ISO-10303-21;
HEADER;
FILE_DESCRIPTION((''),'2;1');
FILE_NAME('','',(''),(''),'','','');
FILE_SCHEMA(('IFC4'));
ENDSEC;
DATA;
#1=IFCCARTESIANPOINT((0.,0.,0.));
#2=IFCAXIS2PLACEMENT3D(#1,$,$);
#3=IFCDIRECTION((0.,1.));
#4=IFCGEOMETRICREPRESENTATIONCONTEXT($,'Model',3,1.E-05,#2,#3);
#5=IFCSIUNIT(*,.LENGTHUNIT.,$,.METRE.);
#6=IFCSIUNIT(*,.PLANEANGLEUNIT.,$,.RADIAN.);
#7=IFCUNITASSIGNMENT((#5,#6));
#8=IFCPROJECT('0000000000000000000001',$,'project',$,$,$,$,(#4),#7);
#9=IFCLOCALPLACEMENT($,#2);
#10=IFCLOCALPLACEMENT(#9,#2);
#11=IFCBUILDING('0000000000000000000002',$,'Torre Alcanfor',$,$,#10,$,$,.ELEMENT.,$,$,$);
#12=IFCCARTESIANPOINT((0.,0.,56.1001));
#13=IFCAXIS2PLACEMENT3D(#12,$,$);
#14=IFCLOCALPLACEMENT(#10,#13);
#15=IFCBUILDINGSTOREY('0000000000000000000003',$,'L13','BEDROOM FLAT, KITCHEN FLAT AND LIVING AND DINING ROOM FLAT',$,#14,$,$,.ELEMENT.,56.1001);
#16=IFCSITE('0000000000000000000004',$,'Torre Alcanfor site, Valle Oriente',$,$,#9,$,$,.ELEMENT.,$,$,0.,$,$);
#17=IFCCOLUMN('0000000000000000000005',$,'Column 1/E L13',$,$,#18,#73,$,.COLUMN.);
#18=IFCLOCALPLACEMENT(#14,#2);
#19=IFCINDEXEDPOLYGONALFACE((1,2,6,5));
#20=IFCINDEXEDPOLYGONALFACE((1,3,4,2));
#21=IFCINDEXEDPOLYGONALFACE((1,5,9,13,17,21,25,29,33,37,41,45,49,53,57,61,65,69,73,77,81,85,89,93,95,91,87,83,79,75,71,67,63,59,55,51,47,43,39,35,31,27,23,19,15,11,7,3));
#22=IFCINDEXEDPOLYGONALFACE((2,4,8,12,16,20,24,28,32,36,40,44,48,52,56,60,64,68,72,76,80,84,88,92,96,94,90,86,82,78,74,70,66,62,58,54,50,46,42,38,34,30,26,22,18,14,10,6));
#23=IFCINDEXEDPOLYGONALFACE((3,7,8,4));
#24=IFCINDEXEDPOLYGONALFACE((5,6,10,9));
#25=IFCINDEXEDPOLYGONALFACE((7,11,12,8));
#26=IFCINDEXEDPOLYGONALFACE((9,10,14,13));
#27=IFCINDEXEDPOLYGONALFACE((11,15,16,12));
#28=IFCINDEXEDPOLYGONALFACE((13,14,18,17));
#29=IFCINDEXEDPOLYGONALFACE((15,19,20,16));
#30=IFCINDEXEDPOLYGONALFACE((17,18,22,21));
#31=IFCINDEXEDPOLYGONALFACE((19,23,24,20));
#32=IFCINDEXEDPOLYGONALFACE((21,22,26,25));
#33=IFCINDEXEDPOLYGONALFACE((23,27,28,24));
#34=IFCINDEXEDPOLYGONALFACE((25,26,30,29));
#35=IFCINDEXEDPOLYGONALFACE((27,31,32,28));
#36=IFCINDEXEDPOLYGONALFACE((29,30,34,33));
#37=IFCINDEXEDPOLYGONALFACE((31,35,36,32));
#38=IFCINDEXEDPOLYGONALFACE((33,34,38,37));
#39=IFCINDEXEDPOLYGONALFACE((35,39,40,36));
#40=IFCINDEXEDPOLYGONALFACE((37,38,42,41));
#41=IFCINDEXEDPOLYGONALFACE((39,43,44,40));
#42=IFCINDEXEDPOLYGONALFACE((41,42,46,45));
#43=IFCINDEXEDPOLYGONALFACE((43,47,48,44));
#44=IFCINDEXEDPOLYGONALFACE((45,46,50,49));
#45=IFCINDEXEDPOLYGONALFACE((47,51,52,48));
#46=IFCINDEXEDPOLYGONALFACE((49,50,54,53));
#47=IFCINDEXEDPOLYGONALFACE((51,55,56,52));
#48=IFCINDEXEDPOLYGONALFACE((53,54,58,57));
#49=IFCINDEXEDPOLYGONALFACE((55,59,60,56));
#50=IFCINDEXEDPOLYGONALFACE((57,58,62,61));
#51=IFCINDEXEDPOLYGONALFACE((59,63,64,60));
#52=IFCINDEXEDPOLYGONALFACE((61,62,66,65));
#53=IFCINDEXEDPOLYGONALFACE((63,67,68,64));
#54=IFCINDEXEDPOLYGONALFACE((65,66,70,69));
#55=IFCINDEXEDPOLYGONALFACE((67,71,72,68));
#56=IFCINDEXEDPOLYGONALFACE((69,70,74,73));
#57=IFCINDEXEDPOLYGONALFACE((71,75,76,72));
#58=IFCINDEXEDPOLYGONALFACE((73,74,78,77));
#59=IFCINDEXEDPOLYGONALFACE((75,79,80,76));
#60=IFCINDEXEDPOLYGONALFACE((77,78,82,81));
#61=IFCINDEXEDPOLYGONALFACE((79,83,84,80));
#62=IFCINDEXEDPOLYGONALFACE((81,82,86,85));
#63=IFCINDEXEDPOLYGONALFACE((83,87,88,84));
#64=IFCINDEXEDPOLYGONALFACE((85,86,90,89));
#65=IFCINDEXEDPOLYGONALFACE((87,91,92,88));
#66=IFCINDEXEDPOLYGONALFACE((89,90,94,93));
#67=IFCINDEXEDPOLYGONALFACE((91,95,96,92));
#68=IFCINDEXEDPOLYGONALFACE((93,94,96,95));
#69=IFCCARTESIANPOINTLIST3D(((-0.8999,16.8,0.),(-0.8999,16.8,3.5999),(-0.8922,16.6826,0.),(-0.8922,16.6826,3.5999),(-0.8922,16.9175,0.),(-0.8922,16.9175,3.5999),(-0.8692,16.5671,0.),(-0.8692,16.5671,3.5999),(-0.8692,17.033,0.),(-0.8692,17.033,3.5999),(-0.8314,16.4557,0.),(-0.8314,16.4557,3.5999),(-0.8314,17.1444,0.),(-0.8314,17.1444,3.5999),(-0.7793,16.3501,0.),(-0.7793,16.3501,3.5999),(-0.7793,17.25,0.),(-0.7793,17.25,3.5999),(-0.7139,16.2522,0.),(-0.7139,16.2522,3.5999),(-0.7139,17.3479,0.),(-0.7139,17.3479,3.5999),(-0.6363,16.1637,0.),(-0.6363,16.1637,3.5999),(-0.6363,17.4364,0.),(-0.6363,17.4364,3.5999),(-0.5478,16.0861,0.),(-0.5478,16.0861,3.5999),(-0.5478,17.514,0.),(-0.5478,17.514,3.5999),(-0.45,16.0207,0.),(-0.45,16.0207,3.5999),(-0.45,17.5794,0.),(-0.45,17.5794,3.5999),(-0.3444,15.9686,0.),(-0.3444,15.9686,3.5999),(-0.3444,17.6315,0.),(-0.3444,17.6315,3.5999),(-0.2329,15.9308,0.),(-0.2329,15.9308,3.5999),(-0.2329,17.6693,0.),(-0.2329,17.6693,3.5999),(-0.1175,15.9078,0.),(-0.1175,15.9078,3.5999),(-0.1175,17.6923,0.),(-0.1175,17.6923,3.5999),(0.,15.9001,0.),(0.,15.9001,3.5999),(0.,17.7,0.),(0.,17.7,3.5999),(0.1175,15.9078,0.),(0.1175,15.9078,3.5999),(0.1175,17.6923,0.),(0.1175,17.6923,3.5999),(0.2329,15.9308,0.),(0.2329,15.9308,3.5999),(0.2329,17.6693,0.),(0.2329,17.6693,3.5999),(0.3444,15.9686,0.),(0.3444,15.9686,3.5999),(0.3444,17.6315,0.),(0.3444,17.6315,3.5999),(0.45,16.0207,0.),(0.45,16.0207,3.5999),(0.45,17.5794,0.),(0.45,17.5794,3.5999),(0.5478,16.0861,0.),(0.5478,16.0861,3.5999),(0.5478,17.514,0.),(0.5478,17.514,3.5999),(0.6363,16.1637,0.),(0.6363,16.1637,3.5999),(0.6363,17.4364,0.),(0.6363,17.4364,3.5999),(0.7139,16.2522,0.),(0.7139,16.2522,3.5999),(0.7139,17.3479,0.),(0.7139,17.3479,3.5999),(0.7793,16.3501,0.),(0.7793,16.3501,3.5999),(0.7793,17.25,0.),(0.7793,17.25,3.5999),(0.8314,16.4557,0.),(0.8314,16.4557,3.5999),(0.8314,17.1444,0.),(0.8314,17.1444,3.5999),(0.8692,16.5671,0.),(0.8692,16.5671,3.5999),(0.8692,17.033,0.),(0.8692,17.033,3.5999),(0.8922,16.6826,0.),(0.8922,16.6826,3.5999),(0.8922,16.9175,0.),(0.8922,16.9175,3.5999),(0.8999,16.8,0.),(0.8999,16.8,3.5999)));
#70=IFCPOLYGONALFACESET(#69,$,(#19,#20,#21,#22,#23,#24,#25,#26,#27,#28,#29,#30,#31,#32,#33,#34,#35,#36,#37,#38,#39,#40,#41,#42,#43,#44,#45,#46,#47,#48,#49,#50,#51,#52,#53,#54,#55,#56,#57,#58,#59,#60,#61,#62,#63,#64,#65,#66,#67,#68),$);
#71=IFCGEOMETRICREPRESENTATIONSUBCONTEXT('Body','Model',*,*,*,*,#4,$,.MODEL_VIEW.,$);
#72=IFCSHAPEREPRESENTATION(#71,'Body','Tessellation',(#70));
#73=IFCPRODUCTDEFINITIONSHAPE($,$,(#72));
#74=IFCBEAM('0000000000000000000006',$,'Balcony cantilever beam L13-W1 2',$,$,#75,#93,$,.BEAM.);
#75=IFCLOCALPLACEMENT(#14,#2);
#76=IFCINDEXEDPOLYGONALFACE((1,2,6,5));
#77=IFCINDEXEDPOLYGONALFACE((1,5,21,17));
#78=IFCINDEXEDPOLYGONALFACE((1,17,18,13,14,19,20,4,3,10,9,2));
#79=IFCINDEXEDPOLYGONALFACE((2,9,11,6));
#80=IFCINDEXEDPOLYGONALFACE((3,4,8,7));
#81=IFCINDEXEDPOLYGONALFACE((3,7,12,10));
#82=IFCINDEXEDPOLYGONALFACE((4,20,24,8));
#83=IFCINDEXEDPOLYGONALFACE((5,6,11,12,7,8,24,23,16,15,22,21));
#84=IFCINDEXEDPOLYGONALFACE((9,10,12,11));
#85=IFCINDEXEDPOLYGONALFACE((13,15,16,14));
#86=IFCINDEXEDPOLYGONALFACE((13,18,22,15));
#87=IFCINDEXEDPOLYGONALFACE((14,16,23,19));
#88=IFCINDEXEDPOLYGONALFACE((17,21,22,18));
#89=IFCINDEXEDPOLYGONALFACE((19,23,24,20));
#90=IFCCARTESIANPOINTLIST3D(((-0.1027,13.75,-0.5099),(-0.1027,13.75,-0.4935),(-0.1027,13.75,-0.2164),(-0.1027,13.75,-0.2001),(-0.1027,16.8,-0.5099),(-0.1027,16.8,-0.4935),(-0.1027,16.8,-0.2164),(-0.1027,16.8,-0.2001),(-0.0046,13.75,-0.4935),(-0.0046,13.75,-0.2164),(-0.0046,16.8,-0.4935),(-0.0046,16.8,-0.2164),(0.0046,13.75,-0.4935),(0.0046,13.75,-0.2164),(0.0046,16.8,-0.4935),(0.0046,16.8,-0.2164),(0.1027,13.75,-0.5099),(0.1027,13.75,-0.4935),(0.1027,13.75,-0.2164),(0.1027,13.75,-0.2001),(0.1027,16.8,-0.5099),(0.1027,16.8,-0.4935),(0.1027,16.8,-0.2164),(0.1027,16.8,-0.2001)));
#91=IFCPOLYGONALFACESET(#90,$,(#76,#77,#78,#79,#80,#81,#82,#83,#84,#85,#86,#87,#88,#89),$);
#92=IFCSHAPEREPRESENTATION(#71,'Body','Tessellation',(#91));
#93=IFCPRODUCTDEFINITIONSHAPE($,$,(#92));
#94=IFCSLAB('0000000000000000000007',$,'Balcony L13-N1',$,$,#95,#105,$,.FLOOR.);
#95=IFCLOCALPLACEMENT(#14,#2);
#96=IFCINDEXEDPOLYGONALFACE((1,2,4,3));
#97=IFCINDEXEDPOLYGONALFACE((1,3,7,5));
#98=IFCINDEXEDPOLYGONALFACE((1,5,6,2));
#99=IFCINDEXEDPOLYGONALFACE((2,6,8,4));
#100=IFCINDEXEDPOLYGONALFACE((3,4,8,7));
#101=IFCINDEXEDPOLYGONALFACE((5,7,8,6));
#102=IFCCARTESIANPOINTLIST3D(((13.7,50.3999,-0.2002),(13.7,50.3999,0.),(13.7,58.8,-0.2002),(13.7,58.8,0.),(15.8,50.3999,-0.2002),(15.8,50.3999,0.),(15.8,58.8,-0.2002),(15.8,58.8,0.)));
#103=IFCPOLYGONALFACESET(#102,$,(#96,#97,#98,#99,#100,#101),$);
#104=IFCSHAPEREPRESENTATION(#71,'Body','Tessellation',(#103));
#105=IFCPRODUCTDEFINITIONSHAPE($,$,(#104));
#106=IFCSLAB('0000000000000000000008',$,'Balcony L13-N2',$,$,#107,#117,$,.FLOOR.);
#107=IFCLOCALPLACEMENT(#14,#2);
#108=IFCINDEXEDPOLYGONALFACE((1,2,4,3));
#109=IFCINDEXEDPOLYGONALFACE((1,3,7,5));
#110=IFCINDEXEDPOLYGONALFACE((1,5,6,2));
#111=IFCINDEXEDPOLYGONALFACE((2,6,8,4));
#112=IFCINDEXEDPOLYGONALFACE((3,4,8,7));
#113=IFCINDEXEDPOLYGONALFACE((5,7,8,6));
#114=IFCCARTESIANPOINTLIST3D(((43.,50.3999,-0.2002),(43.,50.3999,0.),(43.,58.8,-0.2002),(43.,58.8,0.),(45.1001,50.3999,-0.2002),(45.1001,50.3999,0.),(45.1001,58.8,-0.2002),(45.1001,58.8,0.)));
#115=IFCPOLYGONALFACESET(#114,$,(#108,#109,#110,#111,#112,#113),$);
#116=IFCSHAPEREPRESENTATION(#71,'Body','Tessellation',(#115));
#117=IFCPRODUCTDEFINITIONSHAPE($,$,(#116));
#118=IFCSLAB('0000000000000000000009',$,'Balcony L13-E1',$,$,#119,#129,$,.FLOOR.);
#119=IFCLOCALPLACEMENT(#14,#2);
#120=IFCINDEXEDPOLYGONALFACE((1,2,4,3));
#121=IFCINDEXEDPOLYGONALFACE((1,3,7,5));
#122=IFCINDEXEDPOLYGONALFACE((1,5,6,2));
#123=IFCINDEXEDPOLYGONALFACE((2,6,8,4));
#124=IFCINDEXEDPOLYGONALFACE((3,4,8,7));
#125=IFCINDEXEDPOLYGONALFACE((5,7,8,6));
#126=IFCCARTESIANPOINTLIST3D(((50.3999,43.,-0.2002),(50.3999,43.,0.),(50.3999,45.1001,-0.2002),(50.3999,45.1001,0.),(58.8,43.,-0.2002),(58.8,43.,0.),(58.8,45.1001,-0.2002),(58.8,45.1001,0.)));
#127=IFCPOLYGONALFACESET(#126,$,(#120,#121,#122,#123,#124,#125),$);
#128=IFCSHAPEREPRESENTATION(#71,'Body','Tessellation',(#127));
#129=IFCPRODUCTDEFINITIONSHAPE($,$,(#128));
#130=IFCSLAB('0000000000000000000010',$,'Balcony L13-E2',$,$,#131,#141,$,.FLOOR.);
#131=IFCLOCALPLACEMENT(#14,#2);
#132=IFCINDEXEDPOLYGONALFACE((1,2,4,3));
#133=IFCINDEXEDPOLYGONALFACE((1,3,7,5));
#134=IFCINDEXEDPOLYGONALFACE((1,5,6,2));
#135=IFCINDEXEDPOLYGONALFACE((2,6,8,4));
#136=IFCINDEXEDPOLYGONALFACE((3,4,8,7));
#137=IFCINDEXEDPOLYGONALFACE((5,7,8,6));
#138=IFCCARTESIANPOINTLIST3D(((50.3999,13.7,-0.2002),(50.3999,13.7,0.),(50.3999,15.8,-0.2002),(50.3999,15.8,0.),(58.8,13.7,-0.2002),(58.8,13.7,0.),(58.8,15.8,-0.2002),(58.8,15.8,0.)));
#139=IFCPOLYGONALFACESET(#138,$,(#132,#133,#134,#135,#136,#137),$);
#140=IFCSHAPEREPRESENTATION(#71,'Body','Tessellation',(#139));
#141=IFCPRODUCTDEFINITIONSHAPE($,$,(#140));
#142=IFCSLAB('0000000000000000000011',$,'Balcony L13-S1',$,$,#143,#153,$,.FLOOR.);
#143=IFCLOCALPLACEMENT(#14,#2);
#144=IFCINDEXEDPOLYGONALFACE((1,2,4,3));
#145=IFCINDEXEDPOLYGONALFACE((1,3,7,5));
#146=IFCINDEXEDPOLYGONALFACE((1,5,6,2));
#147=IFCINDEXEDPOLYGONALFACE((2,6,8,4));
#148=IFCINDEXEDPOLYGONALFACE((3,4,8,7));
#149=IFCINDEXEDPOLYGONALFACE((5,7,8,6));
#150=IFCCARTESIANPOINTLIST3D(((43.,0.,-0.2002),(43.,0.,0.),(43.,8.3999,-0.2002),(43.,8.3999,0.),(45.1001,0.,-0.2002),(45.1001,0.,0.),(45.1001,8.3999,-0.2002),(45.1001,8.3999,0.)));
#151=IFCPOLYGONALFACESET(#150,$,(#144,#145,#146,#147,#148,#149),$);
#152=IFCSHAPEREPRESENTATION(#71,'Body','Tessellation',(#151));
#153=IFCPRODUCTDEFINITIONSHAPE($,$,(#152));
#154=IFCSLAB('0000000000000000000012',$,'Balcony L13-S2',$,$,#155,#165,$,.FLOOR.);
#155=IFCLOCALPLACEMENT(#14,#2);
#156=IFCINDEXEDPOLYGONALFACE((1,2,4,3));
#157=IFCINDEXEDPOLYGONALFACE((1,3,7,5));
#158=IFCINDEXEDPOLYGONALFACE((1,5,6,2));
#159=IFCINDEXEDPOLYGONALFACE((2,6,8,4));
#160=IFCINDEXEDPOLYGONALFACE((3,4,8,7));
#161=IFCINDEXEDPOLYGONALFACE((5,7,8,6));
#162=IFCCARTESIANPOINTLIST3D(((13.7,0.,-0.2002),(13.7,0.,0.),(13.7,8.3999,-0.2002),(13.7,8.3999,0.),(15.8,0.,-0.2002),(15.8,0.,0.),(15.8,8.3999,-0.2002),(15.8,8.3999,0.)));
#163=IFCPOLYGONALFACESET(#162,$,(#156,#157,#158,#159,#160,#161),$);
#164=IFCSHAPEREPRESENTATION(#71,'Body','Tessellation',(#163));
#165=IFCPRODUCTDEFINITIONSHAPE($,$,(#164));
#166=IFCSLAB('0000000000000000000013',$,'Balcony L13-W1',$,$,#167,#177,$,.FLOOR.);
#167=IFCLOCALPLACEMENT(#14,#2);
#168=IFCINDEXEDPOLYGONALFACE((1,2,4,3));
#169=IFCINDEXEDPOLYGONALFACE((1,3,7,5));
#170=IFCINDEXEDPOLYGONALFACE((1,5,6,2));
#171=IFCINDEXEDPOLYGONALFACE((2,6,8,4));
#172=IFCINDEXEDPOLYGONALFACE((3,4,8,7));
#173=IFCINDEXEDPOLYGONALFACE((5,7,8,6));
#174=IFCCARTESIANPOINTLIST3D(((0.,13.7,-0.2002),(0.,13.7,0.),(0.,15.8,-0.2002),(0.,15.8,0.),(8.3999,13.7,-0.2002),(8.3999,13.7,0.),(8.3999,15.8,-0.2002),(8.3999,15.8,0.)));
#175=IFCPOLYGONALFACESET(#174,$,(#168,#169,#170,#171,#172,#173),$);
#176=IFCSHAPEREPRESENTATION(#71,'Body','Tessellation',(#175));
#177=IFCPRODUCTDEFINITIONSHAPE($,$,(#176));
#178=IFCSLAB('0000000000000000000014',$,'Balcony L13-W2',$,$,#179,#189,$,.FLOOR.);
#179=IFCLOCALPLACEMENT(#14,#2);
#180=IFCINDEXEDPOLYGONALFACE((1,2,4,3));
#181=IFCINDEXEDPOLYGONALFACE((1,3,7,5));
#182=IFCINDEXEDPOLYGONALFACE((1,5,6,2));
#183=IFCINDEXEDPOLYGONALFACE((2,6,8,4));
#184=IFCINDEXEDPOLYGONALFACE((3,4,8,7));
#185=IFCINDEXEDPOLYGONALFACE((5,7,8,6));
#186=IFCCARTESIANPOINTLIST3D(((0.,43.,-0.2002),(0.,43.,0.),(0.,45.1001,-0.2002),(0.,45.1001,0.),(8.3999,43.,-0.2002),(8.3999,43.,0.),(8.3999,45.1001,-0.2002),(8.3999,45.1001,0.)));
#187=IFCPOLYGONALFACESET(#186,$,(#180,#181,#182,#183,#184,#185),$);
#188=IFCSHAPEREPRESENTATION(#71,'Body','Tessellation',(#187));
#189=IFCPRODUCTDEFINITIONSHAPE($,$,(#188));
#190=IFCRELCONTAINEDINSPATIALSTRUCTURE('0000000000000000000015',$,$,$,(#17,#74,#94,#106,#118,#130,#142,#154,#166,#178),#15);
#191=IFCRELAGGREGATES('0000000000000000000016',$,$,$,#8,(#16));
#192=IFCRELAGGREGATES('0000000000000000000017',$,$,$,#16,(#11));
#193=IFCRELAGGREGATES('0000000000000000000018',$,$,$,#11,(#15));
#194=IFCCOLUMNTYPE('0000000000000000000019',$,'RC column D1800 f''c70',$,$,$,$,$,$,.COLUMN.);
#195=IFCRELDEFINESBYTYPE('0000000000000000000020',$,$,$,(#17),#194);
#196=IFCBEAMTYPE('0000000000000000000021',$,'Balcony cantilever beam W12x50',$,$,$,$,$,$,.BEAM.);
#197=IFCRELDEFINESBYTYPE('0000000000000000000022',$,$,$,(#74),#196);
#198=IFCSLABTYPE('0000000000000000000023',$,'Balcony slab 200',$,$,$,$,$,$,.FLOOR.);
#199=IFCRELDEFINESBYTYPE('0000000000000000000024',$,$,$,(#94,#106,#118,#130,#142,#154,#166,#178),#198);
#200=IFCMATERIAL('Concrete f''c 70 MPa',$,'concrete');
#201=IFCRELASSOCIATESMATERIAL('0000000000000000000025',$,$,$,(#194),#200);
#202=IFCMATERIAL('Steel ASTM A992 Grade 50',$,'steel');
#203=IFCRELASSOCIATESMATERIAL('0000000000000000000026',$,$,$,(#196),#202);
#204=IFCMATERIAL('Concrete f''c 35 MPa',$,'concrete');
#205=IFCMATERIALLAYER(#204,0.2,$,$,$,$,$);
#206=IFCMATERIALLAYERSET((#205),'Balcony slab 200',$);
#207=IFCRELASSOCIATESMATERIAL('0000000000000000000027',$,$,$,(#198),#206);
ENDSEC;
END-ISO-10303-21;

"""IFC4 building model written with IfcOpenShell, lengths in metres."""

from ifc_helpers import new_model, si_unit, direction, frame, origin, origin_2d, place, context, subcontext, project, spatial, polyline, circle, i_section, outline, extrude, material, layer, layer_set, material_profile, profile_set, type_object, element, save


model = new_model("IFC4")

# Units and contexts
model_context = context("Model", 3, precision=1e-05, world=origin(), true_north=direction((0.0, 1.0)))
body_context = subcontext(model_context, "Body", "Model", "MODEL_VIEW")
ifc_project = project(units=[si_unit("LENGTHUNIT", "METRE"), si_unit("PLANEANGLEUNIT", "RADIAN")], contexts=[model_context])

# Site, building, storey
site_placement = place(None, origin())
site = spatial("IfcSite", under=ifc_project, at=site_placement, Name="Torre Alcanfor site, Valle Oriente", CompositionType="ELEMENT", RefElevation=0.0)
building_placement = place(site_placement, origin())
building = spatial("IfcBuilding", under=site, at=building_placement, Name="Torre Alcanfor", CompositionType="ELEMENT")
storey_placement = place(building_placement, frame((0.0, 0.0, 56.1001)))
storey = spatial("IfcBuildingStorey", under=building, at=storey_placement, Name="L13", Description="BEDROOM FLAT, KITCHEN FLAT AND LIVING AND DINING ROOM FLAT", CompositionType="ELEMENT", Elevation=56.1001)

# Column
ifc_material_1 = material(Name="Concrete f'c 70 MPa", Category="concrete")
ifc_material_profile_1 = material_profile(ifc_material_1, circle(Radius=0.8999, at=origin_2d()), Name="D1800")
ifc_profile_set_1 = profile_set([ifc_material_profile_1], Name="Concrete f'c 70 MPa")
column_type = type_object("IfcColumnType", Name="RC column D1800 f'c70", PredefinedType="COLUMN", material=ifc_profile_set_1)
column_placement = place(storey_placement, frame((0.0, 16.8, 0.0), z_axis=(0.0, 0.0, 1.0), x_axis=(1.0, 0.0, 0.0)))
element("IfcColumn", 1, at=column_placement, inside=storey, type_object=column_type, Name="Column 1/E L13", PredefinedType="COLUMN", context=body_context, shape_type="SweptSolid", body=[
    extrude(circle(Radius=0.8999, at=origin_2d()), origin(), (0.0, 0.0, 1.0), 3.5999),
])

# Beam
ifc_material_2 = material(Name="Steel ASTM A992 Grade 50", Category="steel")
ifc_material_profile_2 = material_profile(ifc_material_2, i_section(OverallWidth=0.2053, OverallDepth=0.3098, WebThickness=0.0093, FlangeThickness=0.0164, at=origin_2d()), Name="W12x50")
ifc_profile_set_2 = profile_set([ifc_material_profile_2], Name="Steel ASTM A992 Grade 50")
beam_type = type_object("IfcBeamType", Name="Balcony cantilever beam W12x50", PredefinedType="BEAM", material=ifc_profile_set_2)
beam_placement = place(storey_placement, frame((0.0, 16.8, -0.355), z_axis=(0.0, -1.0, 0.0), x_axis=(1.0, 0.0, 0.0)))
element("IfcBeam", 2, at=beam_placement, inside=storey, type_object=beam_type, Name="Balcony cantilever beam L13-W1 2", PredefinedType="BEAM", context=body_context, shape_type="SweptSolid", body=[
    extrude(i_section(OverallWidth=0.2053, OverallDepth=0.3098, WebThickness=0.0093, FlangeThickness=0.0164, at=origin_2d()), origin(), (0.0, 0.0, 1.0), 3.05),
])

# Slabs
ifc_material_3 = material(Name="Concrete f'c 35 MPa", Category="concrete")
ifc_layer_1 = layer(ifc_material_3, 0.2)
ifc_layer_set_1 = layer_set([ifc_layer_1], Name="Balcony slab 200")
slab_type_1 = type_object("IfcSlabType", Name="Balcony slab 200", PredefinedType="FLOOR", material=ifc_layer_set_1)
slab_1_placement = place(storey_placement, frame((0.0, 0.0, -0.2002)))
element("IfcSlab", 3, at=slab_1_placement, inside=storey, type_object=slab_type_1, Name="Balcony L13-N1", PredefinedType="FLOOR", context=body_context, shape_type="SweptSolid", body=[
    extrude(outline(polyline([(15.8, 50.3999), (15.8, 58.8), (13.7, 58.8), (13.7, 50.3999), (15.8, 50.3999)])), origin(), (0.0, 0.0, 1.0), 0.2002),
])
slab_2_placement = place(storey_placement, frame((0.0, 0.0, -0.2002)))
element("IfcSlab", 4, at=slab_2_placement, inside=storey, type_object=slab_type_1, Name="Balcony L13-N2", PredefinedType="FLOOR", context=body_context, shape_type="SweptSolid", body=[
    extrude(outline(polyline([(45.1001, 50.3999), (45.1001, 58.8), (43.0, 58.8), (43.0, 50.3999), (45.1001, 50.3999)])), origin(), (0.0, 0.0, 1.0), 0.2002),
])
slab_3_placement = place(storey_placement, frame((0.0, 0.0, -0.2002)))
element("IfcSlab", 5, at=slab_3_placement, inside=storey, type_object=slab_type_1, Name="Balcony L13-E1", PredefinedType="FLOOR", context=body_context, shape_type="SweptSolid", body=[
    extrude(outline(polyline([(50.3999, 43.0), (58.8, 43.0), (58.8, 45.1001), (50.3999, 45.1001), (50.3999, 43.0)])), origin(), (0.0, 0.0, 1.0), 0.2002),
])
slab_4_placement = place(storey_placement, frame((0.0, 0.0, -0.2002)))
element("IfcSlab", 6, at=slab_4_placement, inside=storey, type_object=slab_type_1, Name="Balcony L13-E2", PredefinedType="FLOOR", context=body_context, shape_type="SweptSolid", body=[
    extrude(outline(polyline([(50.3999, 13.7), (58.8, 13.7), (58.8, 15.8), (50.3999, 15.8), (50.3999, 13.7)])), origin(), (0.0, 0.0, 1.0), 0.2002),
])
slab_5_placement = place(storey_placement, frame((0.0, 0.0, -0.2002)))
element("IfcSlab", 7, at=slab_5_placement, inside=storey, type_object=slab_type_1, Name="Balcony L13-S1", PredefinedType="FLOOR", context=body_context, shape_type="SweptSolid", body=[
    extrude(outline(polyline([(43.0, 8.3999), (43.0, 0.0), (45.1001, 0.0), (45.1001, 8.3999), (43.0, 8.3999)])), origin(), (0.0, 0.0, 1.0), 0.2002),
])
slab_6_placement = place(storey_placement, frame((0.0, 0.0, -0.2002)))
element("IfcSlab", 8, at=slab_6_placement, inside=storey, type_object=slab_type_1, Name="Balcony L13-S2", PredefinedType="FLOOR", context=body_context, shape_type="SweptSolid", body=[
    extrude(outline(polyline([(13.7, 8.3999), (13.7, 0.0), (15.8, 0.0), (15.8, 8.3999), (13.7, 8.3999)])), origin(), (0.0, 0.0, 1.0), 0.2002),
])
slab_7_placement = place(storey_placement, frame((0.0, 0.0, -0.2002)))
element("IfcSlab", 9, at=slab_7_placement, inside=storey, type_object=slab_type_1, Name="Balcony L13-W1", PredefinedType="FLOOR", context=body_context, shape_type="SweptSolid", body=[
    extrude(outline(polyline([(8.3999, 15.8), (0.0, 15.8), (0.0, 13.7), (8.3999, 13.7), (8.3999, 15.8)])), origin(), (0.0, 0.0, 1.0), 0.2002),
])
slab_8_placement = place(storey_placement, frame((0.0, 0.0, -0.2002)))
element("IfcSlab", 10, at=slab_8_placement, inside=storey, type_object=slab_type_1, Name="Balcony L13-W2", PredefinedType="FLOOR", context=body_context, shape_type="SweptSolid", body=[
    extrude(outline(polyline([(8.3999, 45.1001), (0.0, 45.1001), (0.0, 43.0), (8.3999, 43.0), (8.3999, 45.1001)])), origin(), (0.0, 0.0, 1.0), 0.2002),
])

save(model, "model.ifc")
